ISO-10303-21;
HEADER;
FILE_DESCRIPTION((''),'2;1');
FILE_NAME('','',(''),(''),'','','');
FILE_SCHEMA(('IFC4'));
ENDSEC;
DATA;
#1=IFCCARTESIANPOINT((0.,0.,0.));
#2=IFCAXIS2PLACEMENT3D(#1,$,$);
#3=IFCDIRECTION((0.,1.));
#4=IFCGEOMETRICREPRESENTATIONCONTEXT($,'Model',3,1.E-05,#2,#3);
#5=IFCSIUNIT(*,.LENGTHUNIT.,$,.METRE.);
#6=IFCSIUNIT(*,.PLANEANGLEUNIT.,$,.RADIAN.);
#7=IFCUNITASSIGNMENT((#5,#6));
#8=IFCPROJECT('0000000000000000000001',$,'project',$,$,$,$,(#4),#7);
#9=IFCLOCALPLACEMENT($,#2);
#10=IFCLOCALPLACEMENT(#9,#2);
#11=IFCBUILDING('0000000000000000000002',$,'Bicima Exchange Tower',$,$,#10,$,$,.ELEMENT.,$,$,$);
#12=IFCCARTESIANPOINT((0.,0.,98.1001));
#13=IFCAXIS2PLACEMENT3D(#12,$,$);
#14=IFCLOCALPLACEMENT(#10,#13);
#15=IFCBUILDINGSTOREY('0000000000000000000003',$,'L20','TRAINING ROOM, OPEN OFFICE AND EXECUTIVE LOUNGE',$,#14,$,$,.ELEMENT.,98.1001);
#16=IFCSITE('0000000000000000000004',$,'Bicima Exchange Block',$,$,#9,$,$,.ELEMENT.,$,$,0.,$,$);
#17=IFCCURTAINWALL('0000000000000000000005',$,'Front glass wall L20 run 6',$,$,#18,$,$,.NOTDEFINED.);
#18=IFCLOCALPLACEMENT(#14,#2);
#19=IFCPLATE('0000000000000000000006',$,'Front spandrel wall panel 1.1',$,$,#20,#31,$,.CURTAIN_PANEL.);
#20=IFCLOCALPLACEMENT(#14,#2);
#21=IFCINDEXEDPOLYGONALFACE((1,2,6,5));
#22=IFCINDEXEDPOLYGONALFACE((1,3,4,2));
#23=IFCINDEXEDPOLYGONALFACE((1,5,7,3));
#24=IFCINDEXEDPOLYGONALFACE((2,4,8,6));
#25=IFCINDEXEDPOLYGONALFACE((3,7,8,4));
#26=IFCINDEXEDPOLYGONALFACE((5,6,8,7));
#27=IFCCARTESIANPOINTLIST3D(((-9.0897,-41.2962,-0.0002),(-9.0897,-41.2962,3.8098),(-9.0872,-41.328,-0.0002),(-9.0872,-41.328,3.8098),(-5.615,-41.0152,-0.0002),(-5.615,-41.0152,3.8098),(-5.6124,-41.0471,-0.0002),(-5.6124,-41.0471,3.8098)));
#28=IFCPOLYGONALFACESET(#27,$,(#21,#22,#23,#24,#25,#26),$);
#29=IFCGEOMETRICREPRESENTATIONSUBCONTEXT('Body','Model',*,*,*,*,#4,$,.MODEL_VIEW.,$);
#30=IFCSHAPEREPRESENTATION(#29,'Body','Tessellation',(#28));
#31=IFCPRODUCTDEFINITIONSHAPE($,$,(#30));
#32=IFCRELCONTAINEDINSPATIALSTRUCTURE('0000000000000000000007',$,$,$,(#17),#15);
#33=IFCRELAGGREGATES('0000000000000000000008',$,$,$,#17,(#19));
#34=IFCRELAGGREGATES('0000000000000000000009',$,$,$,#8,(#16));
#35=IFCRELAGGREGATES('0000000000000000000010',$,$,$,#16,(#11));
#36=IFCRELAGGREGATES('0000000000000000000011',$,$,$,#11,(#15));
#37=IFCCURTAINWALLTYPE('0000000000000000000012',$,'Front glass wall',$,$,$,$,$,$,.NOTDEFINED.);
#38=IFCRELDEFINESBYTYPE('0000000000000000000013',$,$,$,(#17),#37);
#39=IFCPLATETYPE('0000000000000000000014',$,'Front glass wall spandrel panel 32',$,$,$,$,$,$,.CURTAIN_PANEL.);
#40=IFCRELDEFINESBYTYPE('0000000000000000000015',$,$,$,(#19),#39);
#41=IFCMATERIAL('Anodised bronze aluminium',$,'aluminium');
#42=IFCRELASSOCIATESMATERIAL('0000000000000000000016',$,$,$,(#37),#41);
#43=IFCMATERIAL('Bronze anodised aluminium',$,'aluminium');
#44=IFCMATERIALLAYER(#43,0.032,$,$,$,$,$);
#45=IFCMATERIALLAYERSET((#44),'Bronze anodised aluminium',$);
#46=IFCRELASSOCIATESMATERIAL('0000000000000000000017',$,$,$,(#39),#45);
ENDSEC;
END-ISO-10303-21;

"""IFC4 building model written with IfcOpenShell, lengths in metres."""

from ifc_helpers import new_model, si_unit, direction, frame, origin, origin_2d, place, context, subcontext, project, spatial, rectangle, extrude, material, layer, layer_set, type_object, element, aggregate, save


model = new_model("IFC4")

# Units and contexts
model_context = context("Model", 3, precision=1e-05, world=origin(), true_north=direction((0.0, 1.0)))
body_context = subcontext(model_context, "Body", "Model", "MODEL_VIEW")
ifc_project = project(units=[si_unit("LENGTHUNIT", "METRE"), si_unit("PLANEANGLEUNIT", "RADIAN")], contexts=[model_context])

# Site, building, storey
site_placement = place(None, origin())
site = spatial("IfcSite", under=ifc_project, at=site_placement, Name="Bicima Exchange Block", CompositionType="ELEMENT", RefElevation=0.0)
building_placement = place(site_placement, origin())
building = spatial("IfcBuilding", under=site, at=building_placement, Name="Bicima Exchange Tower", CompositionType="ELEMENT")
storey_placement = place(building_placement, frame((0.0, 0.0, 98.1001)))
storey = spatial("IfcBuildingStorey", under=building, at=storey_placement, Name="L20", Description="TRAINING ROOM, OPEN OFFICE AND EXECUTIVE LOUNGE", CompositionType="ELEMENT", Elevation=98.1001)

# Curtain wall
ifc_material_1 = material(Name="Anodised bronze aluminium", Category="aluminium")
curtain_wall_type = type_object("IfcCurtainWallType", Name="Front glass wall", PredefinedType="NOTDEFINED", material=ifc_material_1)
curtain_wall_placement = place(storey_placement, origin())
curtain_wall = element("IfcCurtainWall", 1, at=curtain_wall_placement, inside=storey, type_object=curtain_wall_type, Name="Front glass wall L20 run 6", PredefinedType="NOTDEFINED")

# Plate
ifc_material_2 = material(Name="Bronze anodised aluminium", Category="aluminium")
ifc_layer_1 = layer(ifc_material_2, 0.032)
ifc_layer_set_1 = layer_set([ifc_layer_1], Name="Bronze anodised aluminium")
plate_type_1 = type_object("IfcPlateType", Name="Front glass wall spandrel panel 32", PredefinedType="CURTAIN_PANEL", material=ifc_layer_set_1)
plate_1_placement = place(storey_placement, frame((-7.3511, -41.1716, -0.0002), z_axis=(0.0, 0.0, 1.0), x_axis=(0.996747, 0.080589, 0.0)))
plate_1 = element("IfcPlate", 2, at=plate_1_placement, type_object=plate_type_1, Name="Front spandrel wall panel 1.1", PredefinedType="CURTAIN_PANEL", context=body_context, shape_type="SweptSolid", body=[
    extrude(rectangle(XDim=3.4861, YDim=0.032, at=origin_2d()), origin(), (0.0, 0.0, 1.0), 3.8101),
])
aggregate(curtain_wall, [plate_1])

save(model, "model.ifc")
